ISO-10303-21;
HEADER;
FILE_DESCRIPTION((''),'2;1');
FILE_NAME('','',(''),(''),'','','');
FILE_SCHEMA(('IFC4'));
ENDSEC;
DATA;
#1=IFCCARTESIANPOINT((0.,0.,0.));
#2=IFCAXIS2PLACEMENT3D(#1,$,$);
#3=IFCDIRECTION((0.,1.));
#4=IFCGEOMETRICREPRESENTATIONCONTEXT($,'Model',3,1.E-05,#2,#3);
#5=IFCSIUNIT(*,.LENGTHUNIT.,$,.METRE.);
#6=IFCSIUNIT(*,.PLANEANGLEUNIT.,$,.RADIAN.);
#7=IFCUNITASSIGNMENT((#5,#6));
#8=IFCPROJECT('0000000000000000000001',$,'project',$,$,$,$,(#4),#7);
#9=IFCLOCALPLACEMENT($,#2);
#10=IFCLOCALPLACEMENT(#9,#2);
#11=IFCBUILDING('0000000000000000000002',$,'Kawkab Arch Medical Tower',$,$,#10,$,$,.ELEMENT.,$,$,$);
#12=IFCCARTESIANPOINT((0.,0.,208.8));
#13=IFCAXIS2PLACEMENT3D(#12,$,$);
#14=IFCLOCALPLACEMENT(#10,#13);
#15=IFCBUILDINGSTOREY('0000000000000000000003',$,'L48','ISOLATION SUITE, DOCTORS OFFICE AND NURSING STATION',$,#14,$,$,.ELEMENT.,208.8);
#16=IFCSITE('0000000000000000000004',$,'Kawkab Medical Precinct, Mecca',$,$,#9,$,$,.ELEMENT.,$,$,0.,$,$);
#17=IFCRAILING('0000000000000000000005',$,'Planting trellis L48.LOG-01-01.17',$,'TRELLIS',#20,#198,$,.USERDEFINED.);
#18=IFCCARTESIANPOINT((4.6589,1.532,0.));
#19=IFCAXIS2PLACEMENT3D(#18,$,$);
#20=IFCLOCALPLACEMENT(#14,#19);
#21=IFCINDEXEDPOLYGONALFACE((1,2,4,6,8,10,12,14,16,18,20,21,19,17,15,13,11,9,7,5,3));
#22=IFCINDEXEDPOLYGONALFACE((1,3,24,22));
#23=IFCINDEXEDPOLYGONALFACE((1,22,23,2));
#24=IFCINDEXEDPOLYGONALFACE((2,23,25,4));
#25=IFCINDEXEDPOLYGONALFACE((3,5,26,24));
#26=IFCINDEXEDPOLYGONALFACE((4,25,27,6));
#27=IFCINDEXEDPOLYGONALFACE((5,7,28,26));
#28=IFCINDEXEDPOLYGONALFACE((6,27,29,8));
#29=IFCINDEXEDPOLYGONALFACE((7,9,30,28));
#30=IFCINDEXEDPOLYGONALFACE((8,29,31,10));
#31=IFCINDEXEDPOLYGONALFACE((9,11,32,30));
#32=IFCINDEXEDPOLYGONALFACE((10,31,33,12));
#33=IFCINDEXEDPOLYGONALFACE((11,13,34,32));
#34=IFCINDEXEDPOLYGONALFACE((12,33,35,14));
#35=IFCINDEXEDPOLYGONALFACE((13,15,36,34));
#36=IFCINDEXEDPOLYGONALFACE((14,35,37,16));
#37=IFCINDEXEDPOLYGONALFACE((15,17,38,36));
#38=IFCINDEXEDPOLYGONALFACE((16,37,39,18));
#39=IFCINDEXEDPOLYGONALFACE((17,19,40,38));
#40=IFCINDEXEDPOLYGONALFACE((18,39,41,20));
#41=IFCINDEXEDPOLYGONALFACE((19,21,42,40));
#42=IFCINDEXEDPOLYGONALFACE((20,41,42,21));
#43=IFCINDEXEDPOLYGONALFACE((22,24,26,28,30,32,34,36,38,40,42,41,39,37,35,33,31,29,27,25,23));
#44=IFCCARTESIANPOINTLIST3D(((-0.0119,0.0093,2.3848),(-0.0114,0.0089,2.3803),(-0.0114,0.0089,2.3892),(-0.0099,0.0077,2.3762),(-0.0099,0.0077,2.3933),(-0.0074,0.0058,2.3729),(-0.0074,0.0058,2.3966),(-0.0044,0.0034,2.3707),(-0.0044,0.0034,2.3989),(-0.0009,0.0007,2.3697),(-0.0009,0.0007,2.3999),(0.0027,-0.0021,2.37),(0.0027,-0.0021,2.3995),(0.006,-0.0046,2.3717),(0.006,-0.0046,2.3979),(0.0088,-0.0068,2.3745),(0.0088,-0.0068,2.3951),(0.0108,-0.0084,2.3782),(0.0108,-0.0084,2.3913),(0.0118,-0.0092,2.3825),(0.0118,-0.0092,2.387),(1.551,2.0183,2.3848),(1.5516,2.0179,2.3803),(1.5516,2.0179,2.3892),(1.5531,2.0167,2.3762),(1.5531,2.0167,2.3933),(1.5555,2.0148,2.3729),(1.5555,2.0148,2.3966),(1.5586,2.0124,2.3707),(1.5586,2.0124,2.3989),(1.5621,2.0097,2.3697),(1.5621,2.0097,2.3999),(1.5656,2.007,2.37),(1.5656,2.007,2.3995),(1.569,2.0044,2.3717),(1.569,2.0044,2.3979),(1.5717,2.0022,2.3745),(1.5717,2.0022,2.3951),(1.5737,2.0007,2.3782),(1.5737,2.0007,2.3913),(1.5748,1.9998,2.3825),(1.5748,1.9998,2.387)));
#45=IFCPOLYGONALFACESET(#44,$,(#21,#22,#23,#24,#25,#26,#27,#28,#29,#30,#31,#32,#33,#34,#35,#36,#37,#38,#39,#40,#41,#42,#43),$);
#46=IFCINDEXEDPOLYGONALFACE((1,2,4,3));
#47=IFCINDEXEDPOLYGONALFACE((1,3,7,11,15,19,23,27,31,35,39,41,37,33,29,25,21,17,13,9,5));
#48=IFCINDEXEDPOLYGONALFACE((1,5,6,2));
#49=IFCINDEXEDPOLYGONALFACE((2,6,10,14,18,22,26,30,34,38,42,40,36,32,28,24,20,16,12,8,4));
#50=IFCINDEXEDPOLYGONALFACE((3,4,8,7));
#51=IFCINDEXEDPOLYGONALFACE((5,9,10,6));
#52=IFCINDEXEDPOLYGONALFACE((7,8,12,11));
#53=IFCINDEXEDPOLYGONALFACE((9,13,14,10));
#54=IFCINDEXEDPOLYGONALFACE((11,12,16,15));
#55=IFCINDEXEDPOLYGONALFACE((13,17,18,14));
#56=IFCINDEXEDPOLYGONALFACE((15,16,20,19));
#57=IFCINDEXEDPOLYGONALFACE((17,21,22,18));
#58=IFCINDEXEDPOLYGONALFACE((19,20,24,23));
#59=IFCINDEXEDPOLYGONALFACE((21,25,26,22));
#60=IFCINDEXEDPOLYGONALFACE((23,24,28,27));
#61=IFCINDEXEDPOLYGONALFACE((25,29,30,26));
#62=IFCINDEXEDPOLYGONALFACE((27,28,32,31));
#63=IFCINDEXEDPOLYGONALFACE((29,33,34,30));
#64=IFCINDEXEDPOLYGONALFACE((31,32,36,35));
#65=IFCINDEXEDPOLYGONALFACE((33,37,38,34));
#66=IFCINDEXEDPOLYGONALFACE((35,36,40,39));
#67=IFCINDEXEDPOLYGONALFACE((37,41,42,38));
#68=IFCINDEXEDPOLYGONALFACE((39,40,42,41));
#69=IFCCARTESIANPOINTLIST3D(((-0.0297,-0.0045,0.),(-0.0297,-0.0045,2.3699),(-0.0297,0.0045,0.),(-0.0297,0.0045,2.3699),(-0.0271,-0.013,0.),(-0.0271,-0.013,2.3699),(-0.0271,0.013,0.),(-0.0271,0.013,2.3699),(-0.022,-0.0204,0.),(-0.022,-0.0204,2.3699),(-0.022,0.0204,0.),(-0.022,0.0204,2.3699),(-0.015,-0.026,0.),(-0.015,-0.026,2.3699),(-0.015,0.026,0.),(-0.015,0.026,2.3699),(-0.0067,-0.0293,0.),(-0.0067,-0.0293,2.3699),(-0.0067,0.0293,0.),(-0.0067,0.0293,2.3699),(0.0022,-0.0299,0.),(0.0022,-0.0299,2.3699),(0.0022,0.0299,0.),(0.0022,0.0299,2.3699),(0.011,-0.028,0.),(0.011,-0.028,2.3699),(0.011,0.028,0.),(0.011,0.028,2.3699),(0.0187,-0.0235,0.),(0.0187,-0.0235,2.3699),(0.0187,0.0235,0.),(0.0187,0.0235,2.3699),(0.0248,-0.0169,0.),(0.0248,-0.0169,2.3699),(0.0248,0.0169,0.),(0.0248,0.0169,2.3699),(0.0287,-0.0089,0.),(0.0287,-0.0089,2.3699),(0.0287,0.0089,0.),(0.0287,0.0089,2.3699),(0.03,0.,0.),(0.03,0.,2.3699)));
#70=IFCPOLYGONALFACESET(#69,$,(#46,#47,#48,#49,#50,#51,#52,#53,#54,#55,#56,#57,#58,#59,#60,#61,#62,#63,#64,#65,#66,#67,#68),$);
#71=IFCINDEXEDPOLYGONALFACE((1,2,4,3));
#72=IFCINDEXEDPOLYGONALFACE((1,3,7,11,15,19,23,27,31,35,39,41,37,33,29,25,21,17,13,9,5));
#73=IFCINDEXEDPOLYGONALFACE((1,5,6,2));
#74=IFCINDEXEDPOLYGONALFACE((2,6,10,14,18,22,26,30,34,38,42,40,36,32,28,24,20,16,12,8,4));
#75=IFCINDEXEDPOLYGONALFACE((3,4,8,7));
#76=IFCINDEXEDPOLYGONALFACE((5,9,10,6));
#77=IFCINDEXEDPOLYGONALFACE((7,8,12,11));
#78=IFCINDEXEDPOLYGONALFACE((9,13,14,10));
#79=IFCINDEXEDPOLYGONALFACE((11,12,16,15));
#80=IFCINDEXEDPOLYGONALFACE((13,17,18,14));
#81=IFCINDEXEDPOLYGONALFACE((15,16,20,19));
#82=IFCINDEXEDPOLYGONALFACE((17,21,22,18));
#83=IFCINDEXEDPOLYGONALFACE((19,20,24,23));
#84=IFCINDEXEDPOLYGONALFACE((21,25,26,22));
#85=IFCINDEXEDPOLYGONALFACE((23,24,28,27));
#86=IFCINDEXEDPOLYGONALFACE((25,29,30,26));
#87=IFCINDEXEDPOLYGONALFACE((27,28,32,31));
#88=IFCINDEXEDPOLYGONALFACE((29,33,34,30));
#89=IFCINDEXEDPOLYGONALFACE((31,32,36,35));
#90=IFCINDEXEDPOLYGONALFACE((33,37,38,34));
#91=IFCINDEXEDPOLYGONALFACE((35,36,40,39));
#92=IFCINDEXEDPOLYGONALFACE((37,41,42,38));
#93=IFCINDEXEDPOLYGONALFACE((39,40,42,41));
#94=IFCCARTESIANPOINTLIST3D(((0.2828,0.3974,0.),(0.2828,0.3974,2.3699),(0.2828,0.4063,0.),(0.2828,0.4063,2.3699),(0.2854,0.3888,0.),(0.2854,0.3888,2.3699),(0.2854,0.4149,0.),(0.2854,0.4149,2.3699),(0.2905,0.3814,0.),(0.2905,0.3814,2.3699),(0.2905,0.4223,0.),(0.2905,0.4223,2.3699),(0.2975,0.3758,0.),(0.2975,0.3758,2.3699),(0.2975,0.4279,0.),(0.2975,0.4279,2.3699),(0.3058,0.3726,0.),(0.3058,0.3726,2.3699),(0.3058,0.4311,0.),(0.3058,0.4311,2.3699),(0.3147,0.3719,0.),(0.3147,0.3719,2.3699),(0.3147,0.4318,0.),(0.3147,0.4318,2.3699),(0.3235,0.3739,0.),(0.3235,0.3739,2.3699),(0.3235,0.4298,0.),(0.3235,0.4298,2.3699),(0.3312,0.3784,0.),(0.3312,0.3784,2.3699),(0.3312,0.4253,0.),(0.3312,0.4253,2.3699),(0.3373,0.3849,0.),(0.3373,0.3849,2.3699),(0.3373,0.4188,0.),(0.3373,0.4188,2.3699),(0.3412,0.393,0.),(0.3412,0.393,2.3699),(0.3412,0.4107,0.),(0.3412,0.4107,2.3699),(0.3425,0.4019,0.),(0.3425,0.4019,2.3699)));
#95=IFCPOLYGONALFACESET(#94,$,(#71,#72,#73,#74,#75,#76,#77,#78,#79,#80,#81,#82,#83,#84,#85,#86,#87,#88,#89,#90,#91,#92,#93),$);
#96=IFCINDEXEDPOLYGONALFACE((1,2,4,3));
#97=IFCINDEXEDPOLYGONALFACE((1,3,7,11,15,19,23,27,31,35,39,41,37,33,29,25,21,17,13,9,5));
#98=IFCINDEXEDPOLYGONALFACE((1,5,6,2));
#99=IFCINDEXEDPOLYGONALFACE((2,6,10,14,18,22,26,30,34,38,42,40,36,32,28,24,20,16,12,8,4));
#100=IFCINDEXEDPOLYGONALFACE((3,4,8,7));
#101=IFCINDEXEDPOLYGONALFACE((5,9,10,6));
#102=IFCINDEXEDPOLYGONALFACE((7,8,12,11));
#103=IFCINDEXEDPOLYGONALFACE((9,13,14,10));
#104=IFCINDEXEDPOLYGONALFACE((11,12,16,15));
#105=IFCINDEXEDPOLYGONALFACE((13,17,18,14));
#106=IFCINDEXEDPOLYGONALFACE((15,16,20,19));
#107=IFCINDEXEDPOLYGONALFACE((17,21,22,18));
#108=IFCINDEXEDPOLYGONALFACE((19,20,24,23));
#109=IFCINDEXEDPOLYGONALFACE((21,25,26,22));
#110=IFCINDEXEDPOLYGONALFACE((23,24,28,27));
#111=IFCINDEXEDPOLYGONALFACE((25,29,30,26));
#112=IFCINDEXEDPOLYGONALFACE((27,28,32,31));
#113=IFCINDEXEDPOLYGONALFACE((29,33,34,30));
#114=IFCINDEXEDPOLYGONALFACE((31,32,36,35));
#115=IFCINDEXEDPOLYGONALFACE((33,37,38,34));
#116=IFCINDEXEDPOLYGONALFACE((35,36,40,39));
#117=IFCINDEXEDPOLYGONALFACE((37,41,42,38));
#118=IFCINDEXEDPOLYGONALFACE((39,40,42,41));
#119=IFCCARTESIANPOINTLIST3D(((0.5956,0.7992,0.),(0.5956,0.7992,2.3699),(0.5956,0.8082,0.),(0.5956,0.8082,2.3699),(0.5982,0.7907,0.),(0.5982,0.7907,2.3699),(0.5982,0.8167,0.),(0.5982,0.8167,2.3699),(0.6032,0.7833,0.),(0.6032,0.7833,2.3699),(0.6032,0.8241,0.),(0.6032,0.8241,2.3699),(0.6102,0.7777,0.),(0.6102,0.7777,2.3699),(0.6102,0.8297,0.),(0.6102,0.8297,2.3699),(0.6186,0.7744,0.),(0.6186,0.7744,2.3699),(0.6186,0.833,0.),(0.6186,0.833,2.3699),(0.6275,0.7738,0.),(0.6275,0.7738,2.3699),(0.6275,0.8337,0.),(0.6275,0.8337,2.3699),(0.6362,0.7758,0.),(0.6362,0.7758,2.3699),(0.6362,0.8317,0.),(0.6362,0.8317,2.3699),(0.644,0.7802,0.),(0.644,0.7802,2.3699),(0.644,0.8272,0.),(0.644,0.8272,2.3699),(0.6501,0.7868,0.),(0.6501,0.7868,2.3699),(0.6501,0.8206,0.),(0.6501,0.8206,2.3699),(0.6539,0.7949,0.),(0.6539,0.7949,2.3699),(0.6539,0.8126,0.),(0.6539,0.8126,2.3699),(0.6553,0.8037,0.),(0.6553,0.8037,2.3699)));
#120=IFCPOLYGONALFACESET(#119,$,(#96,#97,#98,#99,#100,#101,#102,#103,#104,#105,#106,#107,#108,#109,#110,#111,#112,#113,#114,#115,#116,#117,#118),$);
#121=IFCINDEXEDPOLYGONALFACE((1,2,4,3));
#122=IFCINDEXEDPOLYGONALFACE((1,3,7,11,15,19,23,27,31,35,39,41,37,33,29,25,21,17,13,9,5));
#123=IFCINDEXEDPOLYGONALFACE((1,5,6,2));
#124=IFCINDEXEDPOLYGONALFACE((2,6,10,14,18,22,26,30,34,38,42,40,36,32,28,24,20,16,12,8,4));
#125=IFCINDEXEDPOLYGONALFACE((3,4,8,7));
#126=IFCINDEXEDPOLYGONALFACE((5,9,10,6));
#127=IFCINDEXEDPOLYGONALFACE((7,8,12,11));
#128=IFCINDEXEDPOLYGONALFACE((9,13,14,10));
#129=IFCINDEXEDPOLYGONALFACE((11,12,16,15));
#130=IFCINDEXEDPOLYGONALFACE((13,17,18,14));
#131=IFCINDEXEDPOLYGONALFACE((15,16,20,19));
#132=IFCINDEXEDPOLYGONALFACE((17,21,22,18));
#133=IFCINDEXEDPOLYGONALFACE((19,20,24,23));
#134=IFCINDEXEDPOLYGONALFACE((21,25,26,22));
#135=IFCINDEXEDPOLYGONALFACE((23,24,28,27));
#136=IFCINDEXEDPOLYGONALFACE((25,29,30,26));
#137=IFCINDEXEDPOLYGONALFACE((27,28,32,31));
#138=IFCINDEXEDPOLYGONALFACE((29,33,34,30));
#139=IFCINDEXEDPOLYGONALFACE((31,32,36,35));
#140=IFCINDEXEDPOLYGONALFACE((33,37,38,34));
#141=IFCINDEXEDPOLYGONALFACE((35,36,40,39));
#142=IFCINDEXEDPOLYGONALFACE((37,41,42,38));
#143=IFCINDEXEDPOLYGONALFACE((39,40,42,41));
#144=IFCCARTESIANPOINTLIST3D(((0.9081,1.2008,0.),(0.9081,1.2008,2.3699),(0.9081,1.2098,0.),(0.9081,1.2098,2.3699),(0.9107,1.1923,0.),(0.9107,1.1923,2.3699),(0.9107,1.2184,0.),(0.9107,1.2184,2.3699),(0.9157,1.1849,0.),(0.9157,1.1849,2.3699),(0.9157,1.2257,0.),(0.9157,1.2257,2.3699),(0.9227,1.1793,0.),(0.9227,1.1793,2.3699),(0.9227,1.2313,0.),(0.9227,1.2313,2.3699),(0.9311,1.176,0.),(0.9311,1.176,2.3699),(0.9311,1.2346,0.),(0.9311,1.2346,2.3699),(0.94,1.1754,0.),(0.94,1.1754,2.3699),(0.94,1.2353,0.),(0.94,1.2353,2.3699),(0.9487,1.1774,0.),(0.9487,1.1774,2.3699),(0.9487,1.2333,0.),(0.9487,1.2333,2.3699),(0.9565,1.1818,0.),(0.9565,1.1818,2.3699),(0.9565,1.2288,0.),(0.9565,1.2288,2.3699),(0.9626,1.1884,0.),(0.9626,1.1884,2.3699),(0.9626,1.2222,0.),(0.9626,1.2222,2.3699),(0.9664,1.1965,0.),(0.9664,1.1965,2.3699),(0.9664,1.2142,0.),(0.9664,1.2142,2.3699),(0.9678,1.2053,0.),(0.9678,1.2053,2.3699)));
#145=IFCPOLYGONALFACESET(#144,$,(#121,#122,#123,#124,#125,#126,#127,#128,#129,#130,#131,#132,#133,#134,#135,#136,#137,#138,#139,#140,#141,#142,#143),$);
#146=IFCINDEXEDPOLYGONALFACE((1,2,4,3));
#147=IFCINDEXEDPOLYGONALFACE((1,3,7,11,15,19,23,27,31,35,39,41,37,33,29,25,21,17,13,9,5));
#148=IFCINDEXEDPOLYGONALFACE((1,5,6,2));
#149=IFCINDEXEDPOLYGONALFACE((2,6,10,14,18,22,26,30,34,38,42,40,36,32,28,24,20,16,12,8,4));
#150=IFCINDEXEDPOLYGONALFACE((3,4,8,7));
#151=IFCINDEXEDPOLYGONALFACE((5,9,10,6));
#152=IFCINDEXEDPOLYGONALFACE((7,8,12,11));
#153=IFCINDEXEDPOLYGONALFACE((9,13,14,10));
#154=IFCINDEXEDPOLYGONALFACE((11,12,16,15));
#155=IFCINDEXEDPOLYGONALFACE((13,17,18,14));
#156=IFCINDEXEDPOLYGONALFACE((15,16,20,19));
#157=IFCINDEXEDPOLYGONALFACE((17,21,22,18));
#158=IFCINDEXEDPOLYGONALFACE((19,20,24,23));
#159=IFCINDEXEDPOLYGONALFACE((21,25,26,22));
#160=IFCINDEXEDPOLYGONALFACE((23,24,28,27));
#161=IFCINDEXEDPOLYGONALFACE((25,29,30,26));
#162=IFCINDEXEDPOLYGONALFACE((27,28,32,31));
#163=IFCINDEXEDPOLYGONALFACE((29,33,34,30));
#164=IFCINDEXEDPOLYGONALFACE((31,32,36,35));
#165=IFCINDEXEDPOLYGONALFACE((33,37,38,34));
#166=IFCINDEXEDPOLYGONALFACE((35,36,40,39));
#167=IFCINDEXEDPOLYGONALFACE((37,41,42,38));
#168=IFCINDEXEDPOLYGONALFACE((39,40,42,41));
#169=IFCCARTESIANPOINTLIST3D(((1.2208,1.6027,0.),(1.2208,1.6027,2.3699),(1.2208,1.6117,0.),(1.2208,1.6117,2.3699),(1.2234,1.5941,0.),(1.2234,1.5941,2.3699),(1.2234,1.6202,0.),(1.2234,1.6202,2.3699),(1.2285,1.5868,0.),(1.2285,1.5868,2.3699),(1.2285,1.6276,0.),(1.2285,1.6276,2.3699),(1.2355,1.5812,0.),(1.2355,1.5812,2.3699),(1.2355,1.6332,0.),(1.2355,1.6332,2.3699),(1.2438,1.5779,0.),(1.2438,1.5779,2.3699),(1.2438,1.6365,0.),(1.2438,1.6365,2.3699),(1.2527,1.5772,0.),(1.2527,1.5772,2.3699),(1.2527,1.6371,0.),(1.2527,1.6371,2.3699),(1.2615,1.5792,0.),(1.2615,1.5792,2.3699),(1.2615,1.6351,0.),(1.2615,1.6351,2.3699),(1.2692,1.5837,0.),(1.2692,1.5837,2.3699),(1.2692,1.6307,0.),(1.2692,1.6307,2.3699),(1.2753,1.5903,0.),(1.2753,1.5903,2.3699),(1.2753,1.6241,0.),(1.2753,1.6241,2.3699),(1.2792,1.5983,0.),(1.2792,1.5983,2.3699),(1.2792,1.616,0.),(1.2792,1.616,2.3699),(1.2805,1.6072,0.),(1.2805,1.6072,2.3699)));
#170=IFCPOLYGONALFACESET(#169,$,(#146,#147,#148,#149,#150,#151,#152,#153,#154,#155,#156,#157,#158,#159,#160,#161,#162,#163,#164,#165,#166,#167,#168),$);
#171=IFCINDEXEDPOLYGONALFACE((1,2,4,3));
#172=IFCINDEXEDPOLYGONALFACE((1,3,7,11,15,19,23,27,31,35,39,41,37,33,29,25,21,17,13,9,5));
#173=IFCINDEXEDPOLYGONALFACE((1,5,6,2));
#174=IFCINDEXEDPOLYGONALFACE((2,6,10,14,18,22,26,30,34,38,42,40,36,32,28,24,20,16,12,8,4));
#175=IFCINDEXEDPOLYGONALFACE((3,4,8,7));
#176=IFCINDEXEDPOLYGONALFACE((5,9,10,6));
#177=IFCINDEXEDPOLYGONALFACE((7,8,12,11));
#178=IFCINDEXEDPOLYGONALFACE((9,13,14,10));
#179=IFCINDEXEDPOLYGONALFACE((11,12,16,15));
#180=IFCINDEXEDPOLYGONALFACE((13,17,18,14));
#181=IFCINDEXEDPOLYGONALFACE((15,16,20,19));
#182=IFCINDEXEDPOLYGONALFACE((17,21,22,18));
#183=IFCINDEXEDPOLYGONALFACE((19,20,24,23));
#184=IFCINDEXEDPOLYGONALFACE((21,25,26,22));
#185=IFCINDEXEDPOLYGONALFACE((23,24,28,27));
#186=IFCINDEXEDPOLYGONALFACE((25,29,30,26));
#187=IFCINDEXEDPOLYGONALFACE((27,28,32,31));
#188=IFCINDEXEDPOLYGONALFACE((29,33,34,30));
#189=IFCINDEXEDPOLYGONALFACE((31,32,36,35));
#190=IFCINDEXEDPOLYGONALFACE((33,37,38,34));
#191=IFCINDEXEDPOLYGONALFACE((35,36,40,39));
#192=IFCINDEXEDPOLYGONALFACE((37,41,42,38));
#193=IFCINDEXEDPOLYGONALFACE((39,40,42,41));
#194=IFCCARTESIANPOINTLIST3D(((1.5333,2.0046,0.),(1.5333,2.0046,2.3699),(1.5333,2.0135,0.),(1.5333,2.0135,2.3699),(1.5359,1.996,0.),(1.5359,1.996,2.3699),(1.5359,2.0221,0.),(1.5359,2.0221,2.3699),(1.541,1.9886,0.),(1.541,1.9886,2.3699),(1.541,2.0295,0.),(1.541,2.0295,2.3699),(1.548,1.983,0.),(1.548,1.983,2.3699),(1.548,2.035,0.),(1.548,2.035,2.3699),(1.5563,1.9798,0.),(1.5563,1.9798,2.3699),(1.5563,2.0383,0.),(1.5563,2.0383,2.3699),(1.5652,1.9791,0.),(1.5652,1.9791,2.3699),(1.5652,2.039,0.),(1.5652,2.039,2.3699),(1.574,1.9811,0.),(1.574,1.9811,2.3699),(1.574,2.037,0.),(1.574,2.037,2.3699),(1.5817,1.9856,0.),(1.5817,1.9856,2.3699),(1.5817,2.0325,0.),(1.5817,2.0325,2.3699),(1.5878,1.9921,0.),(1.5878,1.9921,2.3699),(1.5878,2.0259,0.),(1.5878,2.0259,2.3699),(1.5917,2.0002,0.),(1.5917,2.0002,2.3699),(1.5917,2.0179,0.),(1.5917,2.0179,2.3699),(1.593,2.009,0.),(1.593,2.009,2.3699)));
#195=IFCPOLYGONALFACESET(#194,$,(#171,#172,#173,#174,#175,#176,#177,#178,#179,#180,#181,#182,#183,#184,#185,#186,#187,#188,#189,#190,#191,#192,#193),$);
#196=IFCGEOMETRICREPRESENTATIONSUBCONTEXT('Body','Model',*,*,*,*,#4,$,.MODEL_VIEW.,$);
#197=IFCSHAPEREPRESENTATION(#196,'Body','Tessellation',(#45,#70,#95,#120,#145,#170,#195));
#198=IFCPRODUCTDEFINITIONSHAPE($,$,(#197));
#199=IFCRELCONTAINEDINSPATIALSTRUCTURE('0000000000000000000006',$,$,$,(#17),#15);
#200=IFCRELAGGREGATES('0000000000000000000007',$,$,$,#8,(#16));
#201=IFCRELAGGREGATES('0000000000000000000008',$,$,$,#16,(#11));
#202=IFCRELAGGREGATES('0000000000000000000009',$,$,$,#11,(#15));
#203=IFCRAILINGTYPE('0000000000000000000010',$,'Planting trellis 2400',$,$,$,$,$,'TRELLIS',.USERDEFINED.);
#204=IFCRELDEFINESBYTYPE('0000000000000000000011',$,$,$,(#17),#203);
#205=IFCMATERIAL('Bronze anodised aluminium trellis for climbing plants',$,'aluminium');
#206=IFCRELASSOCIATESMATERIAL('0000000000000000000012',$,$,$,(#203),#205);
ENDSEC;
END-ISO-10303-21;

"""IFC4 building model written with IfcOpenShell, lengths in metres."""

from ifc_helpers import new_model, si_unit, direction, frame, origin, origin_2d, place, context, subcontext, project, spatial, circle, extrude, material, type_object, element, save


model = new_model("IFC4")

# Units and contexts
model_context = context("Model", 3, precision=1e-05, world=origin(), true_north=direction((0.0, 1.0)))
body_context = subcontext(model_context, "Body", "Model", "MODEL_VIEW")
ifc_project = project(units=[si_unit("LENGTHUNIT", "METRE"), si_unit("PLANEANGLEUNIT", "RADIAN")], contexts=[model_context])

# Site, building, storey
site_placement = place(None, origin())
site = spatial("IfcSite", under=ifc_project, at=site_placement, Name="Kawkab Medical Precinct, Mecca", CompositionType="ELEMENT", RefElevation=0.0)
building_placement = place(site_placement, origin())
building = spatial("IfcBuilding", under=site, at=building_placement, Name="Kawkab Arch Medical Tower", CompositionType="ELEMENT")
storey_placement = place(building_placement, frame((0.0, 0.0, 208.8)))
storey = spatial("IfcBuildingStorey", under=building, at=storey_placement, Name="L48", Description="ISOLATION SUITE, DOCTORS OFFICE AND NURSING STATION", CompositionType="ELEMENT", Elevation=208.8)

# Railing
ifc_material_1 = material(Name="Bronze anodised aluminium trellis for climbing plants", Category="aluminium")
railing_type = type_object("IfcRailingType", Name="Planting trellis 2400", ElementType="TRELLIS", PredefinedType="USERDEFINED", material=ifc_material_1)
railing_1_placement = place(storey_placement, frame((4.6589, 1.532, 0.0)))
element("IfcRailing", 1, at=railing_1_placement, inside=storey, type_object=railing_type, Name="Planting trellis L48.LOG-01-01.17", ObjectType="TRELLIS", PredefinedType="USERDEFINED", context=body_context, shape_type="SweptSolid", body=[
    extrude(circle(Radius=0.0151, at=origin_2d()), frame((0.0, 0.0, 2.3848), z_axis=(0.61404, 0.789275, 0.0), x_axis=(-0.789275, 0.61404, 0.0)), (0.0, 0.0, 1.0), 2.5454),
    extrude(circle(Radius=0.03, at=origin_2d()), origin(), (0.0, 0.0, 1.0), 2.3699),
    extrude(circle(Radius=0.03, at=origin_2d()), frame((0.3125, 0.4019, 0.0)), (0.0, 0.0, 1.0), 2.3699),
    extrude(circle(Radius=0.03, at=origin_2d()), frame((0.6252, 0.8037, 0.0)), (0.0, 0.0, 1.0), 2.3699),
    extrude(circle(Radius=0.03, at=origin_2d()), frame((0.9377, 1.2053, 0.0)), (0.0, 0.0, 1.0), 2.3699),
    extrude(circle(Radius=0.03, at=origin_2d()), frame((1.2505, 1.6072, 0.0)), (0.0, 0.0, 1.0), 2.3699),
    extrude(circle(Radius=0.03, at=origin_2d()), frame((1.563, 2.009, 0.0)), (0.0, 0.0, 1.0), 2.3699),
])

save(model, "model.ifc")
